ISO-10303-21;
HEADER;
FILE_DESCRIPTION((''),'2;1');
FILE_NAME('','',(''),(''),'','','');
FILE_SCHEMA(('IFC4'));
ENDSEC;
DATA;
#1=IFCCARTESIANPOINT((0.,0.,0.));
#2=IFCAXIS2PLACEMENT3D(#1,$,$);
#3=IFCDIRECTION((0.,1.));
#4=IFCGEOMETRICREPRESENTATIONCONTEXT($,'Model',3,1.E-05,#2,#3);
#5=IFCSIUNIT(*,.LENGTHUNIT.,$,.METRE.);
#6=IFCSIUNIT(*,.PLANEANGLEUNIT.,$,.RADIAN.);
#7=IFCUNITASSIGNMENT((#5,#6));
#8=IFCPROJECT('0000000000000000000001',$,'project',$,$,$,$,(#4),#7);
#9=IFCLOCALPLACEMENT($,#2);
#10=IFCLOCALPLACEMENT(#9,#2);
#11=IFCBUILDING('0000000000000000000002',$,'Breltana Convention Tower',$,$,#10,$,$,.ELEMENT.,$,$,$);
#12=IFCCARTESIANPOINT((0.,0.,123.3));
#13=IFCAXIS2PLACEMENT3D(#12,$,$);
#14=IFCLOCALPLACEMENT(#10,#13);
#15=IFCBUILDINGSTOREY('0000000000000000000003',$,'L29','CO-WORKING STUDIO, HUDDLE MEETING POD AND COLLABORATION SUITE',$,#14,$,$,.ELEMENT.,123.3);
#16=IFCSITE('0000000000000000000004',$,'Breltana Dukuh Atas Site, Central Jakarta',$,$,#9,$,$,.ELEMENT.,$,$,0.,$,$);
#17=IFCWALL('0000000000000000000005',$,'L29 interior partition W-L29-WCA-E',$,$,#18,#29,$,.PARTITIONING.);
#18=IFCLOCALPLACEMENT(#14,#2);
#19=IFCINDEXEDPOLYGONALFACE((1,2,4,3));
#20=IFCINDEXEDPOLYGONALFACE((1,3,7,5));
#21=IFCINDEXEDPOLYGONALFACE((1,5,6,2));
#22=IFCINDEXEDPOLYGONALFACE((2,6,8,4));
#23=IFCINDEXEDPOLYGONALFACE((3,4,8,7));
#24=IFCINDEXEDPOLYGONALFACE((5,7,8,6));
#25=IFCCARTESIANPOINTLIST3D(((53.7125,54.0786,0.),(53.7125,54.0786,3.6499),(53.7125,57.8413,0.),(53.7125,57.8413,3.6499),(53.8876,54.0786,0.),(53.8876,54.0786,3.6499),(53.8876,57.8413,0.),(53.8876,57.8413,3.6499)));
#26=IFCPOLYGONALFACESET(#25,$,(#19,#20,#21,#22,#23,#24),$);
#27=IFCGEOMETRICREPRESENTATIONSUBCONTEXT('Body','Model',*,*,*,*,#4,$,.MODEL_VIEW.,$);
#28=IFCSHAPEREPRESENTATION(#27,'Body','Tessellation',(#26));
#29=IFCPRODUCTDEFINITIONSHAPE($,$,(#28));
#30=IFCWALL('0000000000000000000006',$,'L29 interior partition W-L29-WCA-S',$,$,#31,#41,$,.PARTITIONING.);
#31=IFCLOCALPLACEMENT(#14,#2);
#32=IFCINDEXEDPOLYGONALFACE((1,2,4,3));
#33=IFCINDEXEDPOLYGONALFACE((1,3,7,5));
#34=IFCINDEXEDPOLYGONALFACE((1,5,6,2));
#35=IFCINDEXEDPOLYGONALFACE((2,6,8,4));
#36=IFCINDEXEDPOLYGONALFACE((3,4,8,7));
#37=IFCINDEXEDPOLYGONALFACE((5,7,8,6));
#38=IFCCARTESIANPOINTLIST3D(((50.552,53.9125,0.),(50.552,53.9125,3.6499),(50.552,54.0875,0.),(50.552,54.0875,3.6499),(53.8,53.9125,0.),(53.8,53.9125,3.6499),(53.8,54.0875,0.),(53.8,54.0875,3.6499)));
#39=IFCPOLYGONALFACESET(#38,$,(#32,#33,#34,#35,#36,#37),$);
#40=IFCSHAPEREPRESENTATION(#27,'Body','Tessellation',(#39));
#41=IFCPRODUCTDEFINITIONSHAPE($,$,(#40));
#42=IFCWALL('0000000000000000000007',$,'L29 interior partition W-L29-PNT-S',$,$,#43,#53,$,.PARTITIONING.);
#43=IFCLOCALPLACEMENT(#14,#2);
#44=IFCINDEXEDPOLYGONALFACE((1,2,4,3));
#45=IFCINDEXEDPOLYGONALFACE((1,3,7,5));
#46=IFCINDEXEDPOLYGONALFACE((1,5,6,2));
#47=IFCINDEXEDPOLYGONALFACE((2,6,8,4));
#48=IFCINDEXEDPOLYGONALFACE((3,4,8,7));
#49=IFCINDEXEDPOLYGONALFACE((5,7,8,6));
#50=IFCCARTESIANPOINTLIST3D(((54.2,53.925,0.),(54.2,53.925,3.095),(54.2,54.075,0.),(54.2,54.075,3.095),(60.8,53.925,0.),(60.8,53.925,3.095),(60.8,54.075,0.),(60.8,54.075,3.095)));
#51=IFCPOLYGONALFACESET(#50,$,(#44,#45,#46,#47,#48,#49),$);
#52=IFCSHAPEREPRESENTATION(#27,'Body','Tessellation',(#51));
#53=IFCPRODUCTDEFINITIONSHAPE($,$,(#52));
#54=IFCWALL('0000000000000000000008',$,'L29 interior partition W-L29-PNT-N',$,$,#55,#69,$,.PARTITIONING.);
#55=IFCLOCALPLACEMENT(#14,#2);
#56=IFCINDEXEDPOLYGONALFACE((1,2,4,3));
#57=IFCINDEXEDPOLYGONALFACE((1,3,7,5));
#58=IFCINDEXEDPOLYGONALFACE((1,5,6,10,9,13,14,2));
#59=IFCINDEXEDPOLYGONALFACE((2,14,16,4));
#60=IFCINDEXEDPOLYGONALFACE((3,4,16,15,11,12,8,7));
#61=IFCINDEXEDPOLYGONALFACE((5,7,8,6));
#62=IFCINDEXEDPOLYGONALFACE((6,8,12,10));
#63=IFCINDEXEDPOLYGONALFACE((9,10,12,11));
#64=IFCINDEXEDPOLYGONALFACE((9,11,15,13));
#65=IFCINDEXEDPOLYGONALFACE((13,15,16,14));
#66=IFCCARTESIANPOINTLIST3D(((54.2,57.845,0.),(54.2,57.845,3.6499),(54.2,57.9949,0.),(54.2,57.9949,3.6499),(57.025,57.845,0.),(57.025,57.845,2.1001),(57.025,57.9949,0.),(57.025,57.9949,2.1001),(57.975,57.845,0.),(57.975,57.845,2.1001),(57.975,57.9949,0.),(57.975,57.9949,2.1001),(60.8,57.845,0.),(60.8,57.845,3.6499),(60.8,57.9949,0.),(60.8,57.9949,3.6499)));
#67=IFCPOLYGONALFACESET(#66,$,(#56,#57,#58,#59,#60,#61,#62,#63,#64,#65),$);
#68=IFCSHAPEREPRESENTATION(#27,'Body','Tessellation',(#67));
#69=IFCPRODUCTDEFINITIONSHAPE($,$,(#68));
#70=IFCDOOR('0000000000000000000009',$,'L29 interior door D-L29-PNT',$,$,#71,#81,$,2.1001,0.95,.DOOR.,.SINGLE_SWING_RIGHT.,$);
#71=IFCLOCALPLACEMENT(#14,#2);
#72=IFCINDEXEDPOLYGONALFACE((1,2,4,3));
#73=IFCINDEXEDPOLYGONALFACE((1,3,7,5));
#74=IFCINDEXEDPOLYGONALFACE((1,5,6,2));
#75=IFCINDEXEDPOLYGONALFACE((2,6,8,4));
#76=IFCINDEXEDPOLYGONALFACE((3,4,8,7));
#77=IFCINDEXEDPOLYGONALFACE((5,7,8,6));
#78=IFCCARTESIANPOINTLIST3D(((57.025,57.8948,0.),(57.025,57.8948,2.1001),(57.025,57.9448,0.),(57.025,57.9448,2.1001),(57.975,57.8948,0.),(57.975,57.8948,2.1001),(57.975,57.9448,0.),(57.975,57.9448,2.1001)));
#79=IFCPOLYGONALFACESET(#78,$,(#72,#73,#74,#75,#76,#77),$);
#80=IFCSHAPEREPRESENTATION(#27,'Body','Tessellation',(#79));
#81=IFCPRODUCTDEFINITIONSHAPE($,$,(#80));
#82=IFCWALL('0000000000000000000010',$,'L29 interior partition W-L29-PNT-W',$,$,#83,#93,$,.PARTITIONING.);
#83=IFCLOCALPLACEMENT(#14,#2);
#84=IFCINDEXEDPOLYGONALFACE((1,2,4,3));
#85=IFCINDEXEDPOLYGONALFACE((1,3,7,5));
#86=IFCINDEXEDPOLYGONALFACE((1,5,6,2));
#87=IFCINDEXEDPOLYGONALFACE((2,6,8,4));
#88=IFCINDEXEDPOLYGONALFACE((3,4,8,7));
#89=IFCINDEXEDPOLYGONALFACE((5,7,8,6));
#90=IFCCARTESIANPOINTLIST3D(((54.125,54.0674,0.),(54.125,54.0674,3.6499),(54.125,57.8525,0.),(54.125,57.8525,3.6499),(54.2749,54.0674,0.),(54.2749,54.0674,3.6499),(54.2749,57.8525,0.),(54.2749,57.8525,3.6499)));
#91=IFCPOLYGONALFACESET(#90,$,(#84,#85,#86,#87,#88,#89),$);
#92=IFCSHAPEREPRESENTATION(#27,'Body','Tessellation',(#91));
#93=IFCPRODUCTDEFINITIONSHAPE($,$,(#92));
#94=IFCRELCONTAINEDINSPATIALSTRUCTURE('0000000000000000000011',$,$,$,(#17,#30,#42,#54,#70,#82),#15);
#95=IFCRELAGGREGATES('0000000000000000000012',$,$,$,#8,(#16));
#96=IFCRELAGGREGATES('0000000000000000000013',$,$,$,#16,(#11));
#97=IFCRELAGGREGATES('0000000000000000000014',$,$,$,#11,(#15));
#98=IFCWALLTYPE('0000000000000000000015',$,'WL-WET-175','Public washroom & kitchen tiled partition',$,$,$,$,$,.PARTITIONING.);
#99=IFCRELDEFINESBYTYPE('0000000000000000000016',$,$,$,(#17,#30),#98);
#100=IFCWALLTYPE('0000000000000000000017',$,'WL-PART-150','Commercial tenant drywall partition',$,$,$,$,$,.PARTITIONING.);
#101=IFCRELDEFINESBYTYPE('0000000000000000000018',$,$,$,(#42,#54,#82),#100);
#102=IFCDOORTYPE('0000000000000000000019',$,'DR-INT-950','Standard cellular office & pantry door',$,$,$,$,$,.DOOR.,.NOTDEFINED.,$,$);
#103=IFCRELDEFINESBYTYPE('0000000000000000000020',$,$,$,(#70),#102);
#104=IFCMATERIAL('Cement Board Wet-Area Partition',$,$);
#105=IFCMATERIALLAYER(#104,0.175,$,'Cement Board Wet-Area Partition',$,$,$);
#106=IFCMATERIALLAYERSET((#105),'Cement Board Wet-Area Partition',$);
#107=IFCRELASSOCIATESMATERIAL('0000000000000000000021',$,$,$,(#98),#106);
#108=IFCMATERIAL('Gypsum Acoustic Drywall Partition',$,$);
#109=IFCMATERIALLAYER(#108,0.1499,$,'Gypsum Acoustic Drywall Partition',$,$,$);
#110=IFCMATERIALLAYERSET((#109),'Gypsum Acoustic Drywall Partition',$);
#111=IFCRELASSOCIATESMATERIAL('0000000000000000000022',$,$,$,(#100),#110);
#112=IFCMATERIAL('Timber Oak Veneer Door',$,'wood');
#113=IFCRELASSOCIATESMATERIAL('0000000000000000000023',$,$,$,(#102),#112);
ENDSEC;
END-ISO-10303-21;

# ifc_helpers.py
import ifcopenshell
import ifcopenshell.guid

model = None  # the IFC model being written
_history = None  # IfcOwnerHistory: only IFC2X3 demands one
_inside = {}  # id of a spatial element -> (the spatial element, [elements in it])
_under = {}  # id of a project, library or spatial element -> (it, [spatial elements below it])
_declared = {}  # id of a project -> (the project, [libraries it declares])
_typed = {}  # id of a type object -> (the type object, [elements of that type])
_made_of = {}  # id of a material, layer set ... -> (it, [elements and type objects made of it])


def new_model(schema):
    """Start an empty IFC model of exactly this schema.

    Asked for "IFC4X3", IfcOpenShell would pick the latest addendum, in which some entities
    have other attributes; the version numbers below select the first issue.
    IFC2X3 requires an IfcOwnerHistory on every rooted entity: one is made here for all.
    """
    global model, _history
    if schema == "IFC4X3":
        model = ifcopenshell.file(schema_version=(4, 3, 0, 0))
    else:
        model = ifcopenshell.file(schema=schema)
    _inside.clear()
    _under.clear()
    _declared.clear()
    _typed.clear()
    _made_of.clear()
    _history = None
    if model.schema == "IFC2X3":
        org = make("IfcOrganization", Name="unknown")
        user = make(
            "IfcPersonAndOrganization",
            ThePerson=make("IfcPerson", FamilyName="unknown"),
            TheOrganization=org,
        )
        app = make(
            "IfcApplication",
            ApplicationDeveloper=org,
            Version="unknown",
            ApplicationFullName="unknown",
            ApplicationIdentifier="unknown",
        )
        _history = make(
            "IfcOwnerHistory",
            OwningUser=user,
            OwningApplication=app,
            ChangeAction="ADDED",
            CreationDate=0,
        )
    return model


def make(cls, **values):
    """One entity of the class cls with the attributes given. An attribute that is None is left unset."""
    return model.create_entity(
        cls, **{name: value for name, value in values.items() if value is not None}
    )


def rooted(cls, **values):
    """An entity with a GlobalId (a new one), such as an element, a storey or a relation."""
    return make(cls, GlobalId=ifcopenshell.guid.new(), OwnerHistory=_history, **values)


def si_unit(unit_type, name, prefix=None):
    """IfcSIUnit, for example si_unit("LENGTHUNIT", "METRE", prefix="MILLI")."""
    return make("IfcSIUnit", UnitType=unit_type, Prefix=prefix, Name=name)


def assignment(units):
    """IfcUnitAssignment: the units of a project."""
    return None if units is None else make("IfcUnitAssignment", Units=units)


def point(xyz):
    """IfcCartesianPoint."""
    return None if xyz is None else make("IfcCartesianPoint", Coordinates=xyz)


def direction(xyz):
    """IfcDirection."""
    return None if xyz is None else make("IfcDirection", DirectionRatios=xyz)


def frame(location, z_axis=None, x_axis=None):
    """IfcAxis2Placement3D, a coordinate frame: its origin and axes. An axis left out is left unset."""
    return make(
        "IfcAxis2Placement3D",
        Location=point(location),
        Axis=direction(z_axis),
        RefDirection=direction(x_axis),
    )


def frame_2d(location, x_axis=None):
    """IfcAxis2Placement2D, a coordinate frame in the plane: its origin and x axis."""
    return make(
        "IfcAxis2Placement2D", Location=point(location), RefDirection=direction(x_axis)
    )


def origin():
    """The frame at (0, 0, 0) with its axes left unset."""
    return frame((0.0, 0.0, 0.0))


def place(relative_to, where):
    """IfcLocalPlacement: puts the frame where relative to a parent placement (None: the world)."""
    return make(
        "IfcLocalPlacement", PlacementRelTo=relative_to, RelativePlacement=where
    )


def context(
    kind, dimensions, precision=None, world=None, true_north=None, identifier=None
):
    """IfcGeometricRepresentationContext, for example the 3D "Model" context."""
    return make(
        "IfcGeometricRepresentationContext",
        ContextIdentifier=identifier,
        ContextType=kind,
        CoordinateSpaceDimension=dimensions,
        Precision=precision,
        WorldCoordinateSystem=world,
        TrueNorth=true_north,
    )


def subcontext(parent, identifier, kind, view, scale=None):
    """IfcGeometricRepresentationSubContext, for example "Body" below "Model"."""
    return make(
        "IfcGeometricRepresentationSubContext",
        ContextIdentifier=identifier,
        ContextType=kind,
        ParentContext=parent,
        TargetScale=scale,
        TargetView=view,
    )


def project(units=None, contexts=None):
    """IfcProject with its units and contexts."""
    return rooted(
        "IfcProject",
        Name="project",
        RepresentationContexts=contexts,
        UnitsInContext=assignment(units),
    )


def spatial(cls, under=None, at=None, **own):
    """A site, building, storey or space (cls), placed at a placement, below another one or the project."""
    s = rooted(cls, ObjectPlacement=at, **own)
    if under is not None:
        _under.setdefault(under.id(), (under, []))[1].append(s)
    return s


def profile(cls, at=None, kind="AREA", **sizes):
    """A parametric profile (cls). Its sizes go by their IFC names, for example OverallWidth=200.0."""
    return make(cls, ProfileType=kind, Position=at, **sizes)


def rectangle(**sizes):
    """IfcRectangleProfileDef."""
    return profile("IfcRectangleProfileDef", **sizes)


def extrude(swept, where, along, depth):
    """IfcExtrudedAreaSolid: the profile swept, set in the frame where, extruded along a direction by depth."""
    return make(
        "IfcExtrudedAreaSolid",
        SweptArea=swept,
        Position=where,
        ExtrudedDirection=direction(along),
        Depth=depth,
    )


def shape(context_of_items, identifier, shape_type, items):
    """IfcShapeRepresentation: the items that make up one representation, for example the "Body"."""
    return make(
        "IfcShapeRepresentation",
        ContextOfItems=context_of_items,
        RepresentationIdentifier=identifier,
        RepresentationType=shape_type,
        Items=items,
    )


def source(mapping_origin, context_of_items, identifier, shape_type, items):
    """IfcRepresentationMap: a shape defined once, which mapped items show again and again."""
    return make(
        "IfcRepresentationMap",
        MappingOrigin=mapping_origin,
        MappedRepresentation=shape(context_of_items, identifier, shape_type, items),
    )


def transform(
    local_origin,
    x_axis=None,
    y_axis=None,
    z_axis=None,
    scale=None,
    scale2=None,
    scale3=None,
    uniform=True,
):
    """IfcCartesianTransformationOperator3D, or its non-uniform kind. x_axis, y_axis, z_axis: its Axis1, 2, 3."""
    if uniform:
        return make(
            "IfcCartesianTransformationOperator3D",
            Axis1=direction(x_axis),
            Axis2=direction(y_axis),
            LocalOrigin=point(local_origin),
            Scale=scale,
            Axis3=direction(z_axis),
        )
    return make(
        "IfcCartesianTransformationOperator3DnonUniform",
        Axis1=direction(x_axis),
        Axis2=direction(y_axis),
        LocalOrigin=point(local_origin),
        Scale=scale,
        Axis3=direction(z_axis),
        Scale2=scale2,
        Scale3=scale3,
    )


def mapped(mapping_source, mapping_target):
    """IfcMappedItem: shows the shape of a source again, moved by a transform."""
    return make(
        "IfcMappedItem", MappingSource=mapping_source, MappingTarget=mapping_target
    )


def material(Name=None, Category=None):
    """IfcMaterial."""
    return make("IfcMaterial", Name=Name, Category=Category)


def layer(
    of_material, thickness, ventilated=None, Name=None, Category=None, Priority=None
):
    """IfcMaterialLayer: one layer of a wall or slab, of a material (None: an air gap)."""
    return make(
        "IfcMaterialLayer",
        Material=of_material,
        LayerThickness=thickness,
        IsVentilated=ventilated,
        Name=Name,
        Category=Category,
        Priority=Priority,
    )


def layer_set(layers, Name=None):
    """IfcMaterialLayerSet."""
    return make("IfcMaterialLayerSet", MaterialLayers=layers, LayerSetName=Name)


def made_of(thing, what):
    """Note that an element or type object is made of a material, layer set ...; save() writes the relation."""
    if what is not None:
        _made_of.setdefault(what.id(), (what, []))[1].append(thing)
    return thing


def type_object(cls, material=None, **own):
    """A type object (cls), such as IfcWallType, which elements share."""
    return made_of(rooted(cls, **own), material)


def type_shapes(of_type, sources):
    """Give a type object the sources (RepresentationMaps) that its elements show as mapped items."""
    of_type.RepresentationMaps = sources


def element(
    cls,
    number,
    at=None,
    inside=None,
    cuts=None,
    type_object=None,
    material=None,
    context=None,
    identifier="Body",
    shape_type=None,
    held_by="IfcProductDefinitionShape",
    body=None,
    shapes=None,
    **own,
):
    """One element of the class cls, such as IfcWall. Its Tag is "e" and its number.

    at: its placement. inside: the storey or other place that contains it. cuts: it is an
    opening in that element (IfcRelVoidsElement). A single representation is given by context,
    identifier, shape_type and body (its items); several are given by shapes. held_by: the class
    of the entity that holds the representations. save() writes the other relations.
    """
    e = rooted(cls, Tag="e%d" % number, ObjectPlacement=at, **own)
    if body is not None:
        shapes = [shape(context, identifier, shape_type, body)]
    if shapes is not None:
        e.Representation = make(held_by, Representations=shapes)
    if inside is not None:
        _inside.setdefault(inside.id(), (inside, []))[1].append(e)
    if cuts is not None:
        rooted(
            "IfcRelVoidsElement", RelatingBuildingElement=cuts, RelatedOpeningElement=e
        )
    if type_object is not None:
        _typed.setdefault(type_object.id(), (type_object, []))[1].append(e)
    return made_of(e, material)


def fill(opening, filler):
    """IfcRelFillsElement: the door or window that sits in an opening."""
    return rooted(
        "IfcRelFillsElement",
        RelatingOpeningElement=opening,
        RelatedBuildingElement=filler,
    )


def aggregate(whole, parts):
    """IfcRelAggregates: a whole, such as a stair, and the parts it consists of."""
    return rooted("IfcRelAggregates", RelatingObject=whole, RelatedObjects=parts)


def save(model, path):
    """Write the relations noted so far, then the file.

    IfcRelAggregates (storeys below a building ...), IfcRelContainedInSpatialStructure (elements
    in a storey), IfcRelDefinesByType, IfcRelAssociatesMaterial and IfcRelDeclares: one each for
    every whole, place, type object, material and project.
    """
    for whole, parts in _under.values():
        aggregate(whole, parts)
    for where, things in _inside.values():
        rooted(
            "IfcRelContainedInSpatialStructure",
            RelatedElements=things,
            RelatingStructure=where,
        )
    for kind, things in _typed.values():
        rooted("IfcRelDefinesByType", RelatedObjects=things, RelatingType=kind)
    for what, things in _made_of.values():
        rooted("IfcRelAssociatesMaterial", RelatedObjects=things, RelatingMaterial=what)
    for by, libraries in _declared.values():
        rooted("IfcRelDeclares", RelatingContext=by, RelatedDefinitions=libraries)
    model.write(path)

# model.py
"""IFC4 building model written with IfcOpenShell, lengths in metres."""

from ifc_helpers import new_model, si_unit, direction, frame, frame_2d, origin, place, context, subcontext, project, spatial, rectangle, extrude, source, transform, mapped, material, layer, layer_set, type_object, type_shapes, element, fill, save


model = new_model("IFC4")

# Units and contexts
model_context = context("Model", 3, precision=1e-05, world=origin(), true_north=direction((0.0, 1.0)))
body_context = subcontext(model_context, "Body", "Model", "MODEL_VIEW")
ifc_project = project(units=[si_unit("LENGTHUNIT", "METRE"), si_unit("PLANEANGLEUNIT", "RADIAN")], contexts=[model_context])

# Site, building, storey
site_placement = place(None, origin())
site = spatial("IfcSite", under=ifc_project, at=site_placement, Name="Breltana Dukuh Atas Site, Central Jakarta", CompositionType="ELEMENT", RefElevation=0.0)
building_placement = place(site_placement, origin())
building = spatial("IfcBuilding", under=site, at=building_placement, Name="Breltana Convention Tower", CompositionType="ELEMENT")
storey_placement = place(building_placement, frame((0.0, 0.0, 123.3)))
storey = spatial("IfcBuildingStorey", under=building, at=storey_placement, Name="L29", Description="CO-WORKING STUDIO, HUDDLE MEETING POD AND COLLABORATION SUITE", CompositionType="ELEMENT", Elevation=123.3)

# Walls
ifc_material_1 = material(Name="Cement Board Wet-Area Partition")
ifc_layer_1 = layer(ifc_material_1, 0.175, Name="Cement Board Wet-Area Partition")
ifc_layer_set_1 = layer_set([ifc_layer_1], Name="Cement Board Wet-Area Partition")
wall_type_1 = type_object("IfcWallType", Name="WL-WET-175", Description="Public washroom & kitchen tiled partition", PredefinedType="PARTITIONING", material=ifc_layer_set_1)
shared_shape_1 = source(origin(), body_context, "Body", "SweptSolid", [
    extrude(rectangle(XDim=3.7627, YDim=0.175, at=frame_2d((1.8813, 0.0))), origin(), (0.0, 0.0, 1.0), 3.6499),
])
for number, where, z_axis, x_axis, name in (
    (1, (53.8, 54.0786, 0.0), (0.0, 0.0, 1.0), (0.0, 1.0, 0.0), "L29 interior partition W-L29-WCA-E"),
):
    element("IfcWall", number, at=place(storey_placement, frame(where, z_axis=z_axis, x_axis=x_axis)), inside=storey, type_object=wall_type_1, Name=name, PredefinedType="PARTITIONING", context=body_context, shape_type="MappedRepresentation", body=[
        mapped(shared_shape_1, transform((0.0, 0.0, 0.0), scale=1.0)),
    ])
shared_shape_2 = source(origin(), body_context, "Body", "SweptSolid", [
    extrude(rectangle(XDim=3.248, YDim=0.175, at=frame_2d((1.624, 0.0))), origin(), (0.0, 0.0, 1.0), 3.6499),
])
wall_1_placement = place(storey_placement, frame((50.552, 54.0, 0.0), z_axis=(0.0, 0.0, 1.0), x_axis=(1.0, 0.0, 0.0)))
element("IfcWall", 2, at=wall_1_placement, inside=storey, type_object=wall_type_1, Name="L29 interior partition W-L29-WCA-S", PredefinedType="PARTITIONING", context=body_context, shape_type="MappedRepresentation", body=[
    mapped(shared_shape_2, transform((0.0, 0.0, 0.0), scale=1.0)),
])

# Wall
ifc_material_2 = material(Name="Gypsum Acoustic Drywall Partition")
ifc_layer_2 = layer(ifc_material_2, 0.1499, Name="Gypsum Acoustic Drywall Partition")
ifc_layer_set_2 = layer_set([ifc_layer_2], Name="Gypsum Acoustic Drywall Partition")
wall_type_2 = type_object("IfcWallType", Name="WL-PART-150", Description="Commercial tenant drywall partition", PredefinedType="PARTITIONING", material=ifc_layer_set_2)
shared_shape_3 = source(origin(), body_context, "Body", "SweptSolid", [
    extrude(rectangle(XDim=6.6001, YDim=0.1499, at=frame_2d((3.3, 0.0))), origin(), (0.0, 0.0, 1.0), 3.095),
])
wall_2_placement = place(storey_placement, frame((54.2, 54.0, 0.0), z_axis=(0.0, 0.0, 1.0), x_axis=(1.0, 0.0, 0.0)))
element("IfcWall", 3, at=wall_2_placement, inside=storey, type_object=wall_type_2, Name="L29 interior partition W-L29-PNT-S", PredefinedType="PARTITIONING", context=body_context, shape_type="MappedRepresentation", body=[
    mapped(shared_shape_3, transform((0.0, 0.0, 0.0), scale=1.0)),
])

# Wall, opening, door
shared_shape_4 = source(origin(), body_context, "Body", "SweptSolid", [
    extrude(rectangle(XDim=6.6001, YDim=0.1499, at=frame_2d((3.3, 0.0))), origin(), (0.0, 0.0, 1.0), 3.6499),
])
wall_3_placement = place(storey_placement, frame((54.2, 57.9199, 0.0), z_axis=(0.0, 0.0, 1.0), x_axis=(1.0, 0.0, 0.0)))
wall_3 = element("IfcWall", 4, at=wall_3_placement, inside=storey, type_object=wall_type_2, Name="L29 interior partition W-L29-PNT-N", PredefinedType="PARTITIONING", context=body_context, shape_type="MappedRepresentation", body=[
    mapped(shared_shape_4, transform((0.0, 0.0, 0.0), scale=1.0)),
])
opening_1_placement = place(wall_3_placement, frame((2.825, 0.0, 0.0)))
opening_1 = element("IfcOpeningElement", 5, at=opening_1_placement, cuts=wall_3, PredefinedType="OPENING", context=body_context, shape_type="SweptSolid", body=[
    extrude(rectangle(XDim=0.95, YDim=2.1001, at=frame_2d((0.4751, 1.05))), frame((0.0, 0.085, 0.0), z_axis=(0.0, -1.0, 0.0), x_axis=(1.0, 0.0, 0.0)), (0.0, 0.0, 1.0), 0.1699),
])
ifc_material_3 = material(Name="Timber Oak Veneer Door", Category="wood")
door_type_1 = type_object("IfcDoorType", Name="DR-INT-950", Description="Standard cellular office & pantry door", OperationType="NOTDEFINED", PredefinedType="DOOR", material=ifc_material_3)
shared_shape_5 = source(origin(), body_context, "Body", "SweptSolid", [
    extrude(rectangle(XDim=0.95, YDim=2.1001, at=frame_2d((0.4751, 1.05))), frame((0.0, 0.0249, 0.0), z_axis=(0.0, -1.0, 0.0), x_axis=(1.0, 0.0, 0.0)), (0.0, 0.0, 1.0), 0.05),
])
type_shapes(door_type_1, [shared_shape_5])
door_1_placement = place(opening_1_placement, origin())
door_1 = element("IfcDoor", 6, at=door_1_placement, inside=storey, type_object=door_type_1, Name="L29 interior door D-L29-PNT", OperationType="SINGLE_SWING_RIGHT", OverallHeight=2.1001, OverallWidth=0.95, PredefinedType="DOOR", context=body_context, shape_type="MappedRepresentation", body=[
    mapped(shared_shape_5, transform((0.0, 0.0, 0.0), scale=1.0)),
])
fill(opening_1, door_1)

# Wall
shared_shape_6 = source(origin(), body_context, "Body", "SweptSolid", [
    extrude(rectangle(XDim=3.7852, YDim=0.1499, at=frame_2d((1.8926, 0.0))), origin(), (0.0, 0.0, 1.0), 3.6499),
])
wall_4_placement = place(storey_placement, frame((54.2, 54.0674, 0.0), z_axis=(0.0, 0.0, 1.0), x_axis=(0.0, 1.0, 0.0)))
element("IfcWall", 7, at=wall_4_placement, inside=storey, type_object=wall_type_2, Name="L29 interior partition W-L29-PNT-W", PredefinedType="PARTITIONING", context=body_context, shape_type="MappedRepresentation", body=[
    mapped(shared_shape_6, transform((0.0, 0.0, 0.0), scale=1.0)),
])

save(model, "model.ifc")
